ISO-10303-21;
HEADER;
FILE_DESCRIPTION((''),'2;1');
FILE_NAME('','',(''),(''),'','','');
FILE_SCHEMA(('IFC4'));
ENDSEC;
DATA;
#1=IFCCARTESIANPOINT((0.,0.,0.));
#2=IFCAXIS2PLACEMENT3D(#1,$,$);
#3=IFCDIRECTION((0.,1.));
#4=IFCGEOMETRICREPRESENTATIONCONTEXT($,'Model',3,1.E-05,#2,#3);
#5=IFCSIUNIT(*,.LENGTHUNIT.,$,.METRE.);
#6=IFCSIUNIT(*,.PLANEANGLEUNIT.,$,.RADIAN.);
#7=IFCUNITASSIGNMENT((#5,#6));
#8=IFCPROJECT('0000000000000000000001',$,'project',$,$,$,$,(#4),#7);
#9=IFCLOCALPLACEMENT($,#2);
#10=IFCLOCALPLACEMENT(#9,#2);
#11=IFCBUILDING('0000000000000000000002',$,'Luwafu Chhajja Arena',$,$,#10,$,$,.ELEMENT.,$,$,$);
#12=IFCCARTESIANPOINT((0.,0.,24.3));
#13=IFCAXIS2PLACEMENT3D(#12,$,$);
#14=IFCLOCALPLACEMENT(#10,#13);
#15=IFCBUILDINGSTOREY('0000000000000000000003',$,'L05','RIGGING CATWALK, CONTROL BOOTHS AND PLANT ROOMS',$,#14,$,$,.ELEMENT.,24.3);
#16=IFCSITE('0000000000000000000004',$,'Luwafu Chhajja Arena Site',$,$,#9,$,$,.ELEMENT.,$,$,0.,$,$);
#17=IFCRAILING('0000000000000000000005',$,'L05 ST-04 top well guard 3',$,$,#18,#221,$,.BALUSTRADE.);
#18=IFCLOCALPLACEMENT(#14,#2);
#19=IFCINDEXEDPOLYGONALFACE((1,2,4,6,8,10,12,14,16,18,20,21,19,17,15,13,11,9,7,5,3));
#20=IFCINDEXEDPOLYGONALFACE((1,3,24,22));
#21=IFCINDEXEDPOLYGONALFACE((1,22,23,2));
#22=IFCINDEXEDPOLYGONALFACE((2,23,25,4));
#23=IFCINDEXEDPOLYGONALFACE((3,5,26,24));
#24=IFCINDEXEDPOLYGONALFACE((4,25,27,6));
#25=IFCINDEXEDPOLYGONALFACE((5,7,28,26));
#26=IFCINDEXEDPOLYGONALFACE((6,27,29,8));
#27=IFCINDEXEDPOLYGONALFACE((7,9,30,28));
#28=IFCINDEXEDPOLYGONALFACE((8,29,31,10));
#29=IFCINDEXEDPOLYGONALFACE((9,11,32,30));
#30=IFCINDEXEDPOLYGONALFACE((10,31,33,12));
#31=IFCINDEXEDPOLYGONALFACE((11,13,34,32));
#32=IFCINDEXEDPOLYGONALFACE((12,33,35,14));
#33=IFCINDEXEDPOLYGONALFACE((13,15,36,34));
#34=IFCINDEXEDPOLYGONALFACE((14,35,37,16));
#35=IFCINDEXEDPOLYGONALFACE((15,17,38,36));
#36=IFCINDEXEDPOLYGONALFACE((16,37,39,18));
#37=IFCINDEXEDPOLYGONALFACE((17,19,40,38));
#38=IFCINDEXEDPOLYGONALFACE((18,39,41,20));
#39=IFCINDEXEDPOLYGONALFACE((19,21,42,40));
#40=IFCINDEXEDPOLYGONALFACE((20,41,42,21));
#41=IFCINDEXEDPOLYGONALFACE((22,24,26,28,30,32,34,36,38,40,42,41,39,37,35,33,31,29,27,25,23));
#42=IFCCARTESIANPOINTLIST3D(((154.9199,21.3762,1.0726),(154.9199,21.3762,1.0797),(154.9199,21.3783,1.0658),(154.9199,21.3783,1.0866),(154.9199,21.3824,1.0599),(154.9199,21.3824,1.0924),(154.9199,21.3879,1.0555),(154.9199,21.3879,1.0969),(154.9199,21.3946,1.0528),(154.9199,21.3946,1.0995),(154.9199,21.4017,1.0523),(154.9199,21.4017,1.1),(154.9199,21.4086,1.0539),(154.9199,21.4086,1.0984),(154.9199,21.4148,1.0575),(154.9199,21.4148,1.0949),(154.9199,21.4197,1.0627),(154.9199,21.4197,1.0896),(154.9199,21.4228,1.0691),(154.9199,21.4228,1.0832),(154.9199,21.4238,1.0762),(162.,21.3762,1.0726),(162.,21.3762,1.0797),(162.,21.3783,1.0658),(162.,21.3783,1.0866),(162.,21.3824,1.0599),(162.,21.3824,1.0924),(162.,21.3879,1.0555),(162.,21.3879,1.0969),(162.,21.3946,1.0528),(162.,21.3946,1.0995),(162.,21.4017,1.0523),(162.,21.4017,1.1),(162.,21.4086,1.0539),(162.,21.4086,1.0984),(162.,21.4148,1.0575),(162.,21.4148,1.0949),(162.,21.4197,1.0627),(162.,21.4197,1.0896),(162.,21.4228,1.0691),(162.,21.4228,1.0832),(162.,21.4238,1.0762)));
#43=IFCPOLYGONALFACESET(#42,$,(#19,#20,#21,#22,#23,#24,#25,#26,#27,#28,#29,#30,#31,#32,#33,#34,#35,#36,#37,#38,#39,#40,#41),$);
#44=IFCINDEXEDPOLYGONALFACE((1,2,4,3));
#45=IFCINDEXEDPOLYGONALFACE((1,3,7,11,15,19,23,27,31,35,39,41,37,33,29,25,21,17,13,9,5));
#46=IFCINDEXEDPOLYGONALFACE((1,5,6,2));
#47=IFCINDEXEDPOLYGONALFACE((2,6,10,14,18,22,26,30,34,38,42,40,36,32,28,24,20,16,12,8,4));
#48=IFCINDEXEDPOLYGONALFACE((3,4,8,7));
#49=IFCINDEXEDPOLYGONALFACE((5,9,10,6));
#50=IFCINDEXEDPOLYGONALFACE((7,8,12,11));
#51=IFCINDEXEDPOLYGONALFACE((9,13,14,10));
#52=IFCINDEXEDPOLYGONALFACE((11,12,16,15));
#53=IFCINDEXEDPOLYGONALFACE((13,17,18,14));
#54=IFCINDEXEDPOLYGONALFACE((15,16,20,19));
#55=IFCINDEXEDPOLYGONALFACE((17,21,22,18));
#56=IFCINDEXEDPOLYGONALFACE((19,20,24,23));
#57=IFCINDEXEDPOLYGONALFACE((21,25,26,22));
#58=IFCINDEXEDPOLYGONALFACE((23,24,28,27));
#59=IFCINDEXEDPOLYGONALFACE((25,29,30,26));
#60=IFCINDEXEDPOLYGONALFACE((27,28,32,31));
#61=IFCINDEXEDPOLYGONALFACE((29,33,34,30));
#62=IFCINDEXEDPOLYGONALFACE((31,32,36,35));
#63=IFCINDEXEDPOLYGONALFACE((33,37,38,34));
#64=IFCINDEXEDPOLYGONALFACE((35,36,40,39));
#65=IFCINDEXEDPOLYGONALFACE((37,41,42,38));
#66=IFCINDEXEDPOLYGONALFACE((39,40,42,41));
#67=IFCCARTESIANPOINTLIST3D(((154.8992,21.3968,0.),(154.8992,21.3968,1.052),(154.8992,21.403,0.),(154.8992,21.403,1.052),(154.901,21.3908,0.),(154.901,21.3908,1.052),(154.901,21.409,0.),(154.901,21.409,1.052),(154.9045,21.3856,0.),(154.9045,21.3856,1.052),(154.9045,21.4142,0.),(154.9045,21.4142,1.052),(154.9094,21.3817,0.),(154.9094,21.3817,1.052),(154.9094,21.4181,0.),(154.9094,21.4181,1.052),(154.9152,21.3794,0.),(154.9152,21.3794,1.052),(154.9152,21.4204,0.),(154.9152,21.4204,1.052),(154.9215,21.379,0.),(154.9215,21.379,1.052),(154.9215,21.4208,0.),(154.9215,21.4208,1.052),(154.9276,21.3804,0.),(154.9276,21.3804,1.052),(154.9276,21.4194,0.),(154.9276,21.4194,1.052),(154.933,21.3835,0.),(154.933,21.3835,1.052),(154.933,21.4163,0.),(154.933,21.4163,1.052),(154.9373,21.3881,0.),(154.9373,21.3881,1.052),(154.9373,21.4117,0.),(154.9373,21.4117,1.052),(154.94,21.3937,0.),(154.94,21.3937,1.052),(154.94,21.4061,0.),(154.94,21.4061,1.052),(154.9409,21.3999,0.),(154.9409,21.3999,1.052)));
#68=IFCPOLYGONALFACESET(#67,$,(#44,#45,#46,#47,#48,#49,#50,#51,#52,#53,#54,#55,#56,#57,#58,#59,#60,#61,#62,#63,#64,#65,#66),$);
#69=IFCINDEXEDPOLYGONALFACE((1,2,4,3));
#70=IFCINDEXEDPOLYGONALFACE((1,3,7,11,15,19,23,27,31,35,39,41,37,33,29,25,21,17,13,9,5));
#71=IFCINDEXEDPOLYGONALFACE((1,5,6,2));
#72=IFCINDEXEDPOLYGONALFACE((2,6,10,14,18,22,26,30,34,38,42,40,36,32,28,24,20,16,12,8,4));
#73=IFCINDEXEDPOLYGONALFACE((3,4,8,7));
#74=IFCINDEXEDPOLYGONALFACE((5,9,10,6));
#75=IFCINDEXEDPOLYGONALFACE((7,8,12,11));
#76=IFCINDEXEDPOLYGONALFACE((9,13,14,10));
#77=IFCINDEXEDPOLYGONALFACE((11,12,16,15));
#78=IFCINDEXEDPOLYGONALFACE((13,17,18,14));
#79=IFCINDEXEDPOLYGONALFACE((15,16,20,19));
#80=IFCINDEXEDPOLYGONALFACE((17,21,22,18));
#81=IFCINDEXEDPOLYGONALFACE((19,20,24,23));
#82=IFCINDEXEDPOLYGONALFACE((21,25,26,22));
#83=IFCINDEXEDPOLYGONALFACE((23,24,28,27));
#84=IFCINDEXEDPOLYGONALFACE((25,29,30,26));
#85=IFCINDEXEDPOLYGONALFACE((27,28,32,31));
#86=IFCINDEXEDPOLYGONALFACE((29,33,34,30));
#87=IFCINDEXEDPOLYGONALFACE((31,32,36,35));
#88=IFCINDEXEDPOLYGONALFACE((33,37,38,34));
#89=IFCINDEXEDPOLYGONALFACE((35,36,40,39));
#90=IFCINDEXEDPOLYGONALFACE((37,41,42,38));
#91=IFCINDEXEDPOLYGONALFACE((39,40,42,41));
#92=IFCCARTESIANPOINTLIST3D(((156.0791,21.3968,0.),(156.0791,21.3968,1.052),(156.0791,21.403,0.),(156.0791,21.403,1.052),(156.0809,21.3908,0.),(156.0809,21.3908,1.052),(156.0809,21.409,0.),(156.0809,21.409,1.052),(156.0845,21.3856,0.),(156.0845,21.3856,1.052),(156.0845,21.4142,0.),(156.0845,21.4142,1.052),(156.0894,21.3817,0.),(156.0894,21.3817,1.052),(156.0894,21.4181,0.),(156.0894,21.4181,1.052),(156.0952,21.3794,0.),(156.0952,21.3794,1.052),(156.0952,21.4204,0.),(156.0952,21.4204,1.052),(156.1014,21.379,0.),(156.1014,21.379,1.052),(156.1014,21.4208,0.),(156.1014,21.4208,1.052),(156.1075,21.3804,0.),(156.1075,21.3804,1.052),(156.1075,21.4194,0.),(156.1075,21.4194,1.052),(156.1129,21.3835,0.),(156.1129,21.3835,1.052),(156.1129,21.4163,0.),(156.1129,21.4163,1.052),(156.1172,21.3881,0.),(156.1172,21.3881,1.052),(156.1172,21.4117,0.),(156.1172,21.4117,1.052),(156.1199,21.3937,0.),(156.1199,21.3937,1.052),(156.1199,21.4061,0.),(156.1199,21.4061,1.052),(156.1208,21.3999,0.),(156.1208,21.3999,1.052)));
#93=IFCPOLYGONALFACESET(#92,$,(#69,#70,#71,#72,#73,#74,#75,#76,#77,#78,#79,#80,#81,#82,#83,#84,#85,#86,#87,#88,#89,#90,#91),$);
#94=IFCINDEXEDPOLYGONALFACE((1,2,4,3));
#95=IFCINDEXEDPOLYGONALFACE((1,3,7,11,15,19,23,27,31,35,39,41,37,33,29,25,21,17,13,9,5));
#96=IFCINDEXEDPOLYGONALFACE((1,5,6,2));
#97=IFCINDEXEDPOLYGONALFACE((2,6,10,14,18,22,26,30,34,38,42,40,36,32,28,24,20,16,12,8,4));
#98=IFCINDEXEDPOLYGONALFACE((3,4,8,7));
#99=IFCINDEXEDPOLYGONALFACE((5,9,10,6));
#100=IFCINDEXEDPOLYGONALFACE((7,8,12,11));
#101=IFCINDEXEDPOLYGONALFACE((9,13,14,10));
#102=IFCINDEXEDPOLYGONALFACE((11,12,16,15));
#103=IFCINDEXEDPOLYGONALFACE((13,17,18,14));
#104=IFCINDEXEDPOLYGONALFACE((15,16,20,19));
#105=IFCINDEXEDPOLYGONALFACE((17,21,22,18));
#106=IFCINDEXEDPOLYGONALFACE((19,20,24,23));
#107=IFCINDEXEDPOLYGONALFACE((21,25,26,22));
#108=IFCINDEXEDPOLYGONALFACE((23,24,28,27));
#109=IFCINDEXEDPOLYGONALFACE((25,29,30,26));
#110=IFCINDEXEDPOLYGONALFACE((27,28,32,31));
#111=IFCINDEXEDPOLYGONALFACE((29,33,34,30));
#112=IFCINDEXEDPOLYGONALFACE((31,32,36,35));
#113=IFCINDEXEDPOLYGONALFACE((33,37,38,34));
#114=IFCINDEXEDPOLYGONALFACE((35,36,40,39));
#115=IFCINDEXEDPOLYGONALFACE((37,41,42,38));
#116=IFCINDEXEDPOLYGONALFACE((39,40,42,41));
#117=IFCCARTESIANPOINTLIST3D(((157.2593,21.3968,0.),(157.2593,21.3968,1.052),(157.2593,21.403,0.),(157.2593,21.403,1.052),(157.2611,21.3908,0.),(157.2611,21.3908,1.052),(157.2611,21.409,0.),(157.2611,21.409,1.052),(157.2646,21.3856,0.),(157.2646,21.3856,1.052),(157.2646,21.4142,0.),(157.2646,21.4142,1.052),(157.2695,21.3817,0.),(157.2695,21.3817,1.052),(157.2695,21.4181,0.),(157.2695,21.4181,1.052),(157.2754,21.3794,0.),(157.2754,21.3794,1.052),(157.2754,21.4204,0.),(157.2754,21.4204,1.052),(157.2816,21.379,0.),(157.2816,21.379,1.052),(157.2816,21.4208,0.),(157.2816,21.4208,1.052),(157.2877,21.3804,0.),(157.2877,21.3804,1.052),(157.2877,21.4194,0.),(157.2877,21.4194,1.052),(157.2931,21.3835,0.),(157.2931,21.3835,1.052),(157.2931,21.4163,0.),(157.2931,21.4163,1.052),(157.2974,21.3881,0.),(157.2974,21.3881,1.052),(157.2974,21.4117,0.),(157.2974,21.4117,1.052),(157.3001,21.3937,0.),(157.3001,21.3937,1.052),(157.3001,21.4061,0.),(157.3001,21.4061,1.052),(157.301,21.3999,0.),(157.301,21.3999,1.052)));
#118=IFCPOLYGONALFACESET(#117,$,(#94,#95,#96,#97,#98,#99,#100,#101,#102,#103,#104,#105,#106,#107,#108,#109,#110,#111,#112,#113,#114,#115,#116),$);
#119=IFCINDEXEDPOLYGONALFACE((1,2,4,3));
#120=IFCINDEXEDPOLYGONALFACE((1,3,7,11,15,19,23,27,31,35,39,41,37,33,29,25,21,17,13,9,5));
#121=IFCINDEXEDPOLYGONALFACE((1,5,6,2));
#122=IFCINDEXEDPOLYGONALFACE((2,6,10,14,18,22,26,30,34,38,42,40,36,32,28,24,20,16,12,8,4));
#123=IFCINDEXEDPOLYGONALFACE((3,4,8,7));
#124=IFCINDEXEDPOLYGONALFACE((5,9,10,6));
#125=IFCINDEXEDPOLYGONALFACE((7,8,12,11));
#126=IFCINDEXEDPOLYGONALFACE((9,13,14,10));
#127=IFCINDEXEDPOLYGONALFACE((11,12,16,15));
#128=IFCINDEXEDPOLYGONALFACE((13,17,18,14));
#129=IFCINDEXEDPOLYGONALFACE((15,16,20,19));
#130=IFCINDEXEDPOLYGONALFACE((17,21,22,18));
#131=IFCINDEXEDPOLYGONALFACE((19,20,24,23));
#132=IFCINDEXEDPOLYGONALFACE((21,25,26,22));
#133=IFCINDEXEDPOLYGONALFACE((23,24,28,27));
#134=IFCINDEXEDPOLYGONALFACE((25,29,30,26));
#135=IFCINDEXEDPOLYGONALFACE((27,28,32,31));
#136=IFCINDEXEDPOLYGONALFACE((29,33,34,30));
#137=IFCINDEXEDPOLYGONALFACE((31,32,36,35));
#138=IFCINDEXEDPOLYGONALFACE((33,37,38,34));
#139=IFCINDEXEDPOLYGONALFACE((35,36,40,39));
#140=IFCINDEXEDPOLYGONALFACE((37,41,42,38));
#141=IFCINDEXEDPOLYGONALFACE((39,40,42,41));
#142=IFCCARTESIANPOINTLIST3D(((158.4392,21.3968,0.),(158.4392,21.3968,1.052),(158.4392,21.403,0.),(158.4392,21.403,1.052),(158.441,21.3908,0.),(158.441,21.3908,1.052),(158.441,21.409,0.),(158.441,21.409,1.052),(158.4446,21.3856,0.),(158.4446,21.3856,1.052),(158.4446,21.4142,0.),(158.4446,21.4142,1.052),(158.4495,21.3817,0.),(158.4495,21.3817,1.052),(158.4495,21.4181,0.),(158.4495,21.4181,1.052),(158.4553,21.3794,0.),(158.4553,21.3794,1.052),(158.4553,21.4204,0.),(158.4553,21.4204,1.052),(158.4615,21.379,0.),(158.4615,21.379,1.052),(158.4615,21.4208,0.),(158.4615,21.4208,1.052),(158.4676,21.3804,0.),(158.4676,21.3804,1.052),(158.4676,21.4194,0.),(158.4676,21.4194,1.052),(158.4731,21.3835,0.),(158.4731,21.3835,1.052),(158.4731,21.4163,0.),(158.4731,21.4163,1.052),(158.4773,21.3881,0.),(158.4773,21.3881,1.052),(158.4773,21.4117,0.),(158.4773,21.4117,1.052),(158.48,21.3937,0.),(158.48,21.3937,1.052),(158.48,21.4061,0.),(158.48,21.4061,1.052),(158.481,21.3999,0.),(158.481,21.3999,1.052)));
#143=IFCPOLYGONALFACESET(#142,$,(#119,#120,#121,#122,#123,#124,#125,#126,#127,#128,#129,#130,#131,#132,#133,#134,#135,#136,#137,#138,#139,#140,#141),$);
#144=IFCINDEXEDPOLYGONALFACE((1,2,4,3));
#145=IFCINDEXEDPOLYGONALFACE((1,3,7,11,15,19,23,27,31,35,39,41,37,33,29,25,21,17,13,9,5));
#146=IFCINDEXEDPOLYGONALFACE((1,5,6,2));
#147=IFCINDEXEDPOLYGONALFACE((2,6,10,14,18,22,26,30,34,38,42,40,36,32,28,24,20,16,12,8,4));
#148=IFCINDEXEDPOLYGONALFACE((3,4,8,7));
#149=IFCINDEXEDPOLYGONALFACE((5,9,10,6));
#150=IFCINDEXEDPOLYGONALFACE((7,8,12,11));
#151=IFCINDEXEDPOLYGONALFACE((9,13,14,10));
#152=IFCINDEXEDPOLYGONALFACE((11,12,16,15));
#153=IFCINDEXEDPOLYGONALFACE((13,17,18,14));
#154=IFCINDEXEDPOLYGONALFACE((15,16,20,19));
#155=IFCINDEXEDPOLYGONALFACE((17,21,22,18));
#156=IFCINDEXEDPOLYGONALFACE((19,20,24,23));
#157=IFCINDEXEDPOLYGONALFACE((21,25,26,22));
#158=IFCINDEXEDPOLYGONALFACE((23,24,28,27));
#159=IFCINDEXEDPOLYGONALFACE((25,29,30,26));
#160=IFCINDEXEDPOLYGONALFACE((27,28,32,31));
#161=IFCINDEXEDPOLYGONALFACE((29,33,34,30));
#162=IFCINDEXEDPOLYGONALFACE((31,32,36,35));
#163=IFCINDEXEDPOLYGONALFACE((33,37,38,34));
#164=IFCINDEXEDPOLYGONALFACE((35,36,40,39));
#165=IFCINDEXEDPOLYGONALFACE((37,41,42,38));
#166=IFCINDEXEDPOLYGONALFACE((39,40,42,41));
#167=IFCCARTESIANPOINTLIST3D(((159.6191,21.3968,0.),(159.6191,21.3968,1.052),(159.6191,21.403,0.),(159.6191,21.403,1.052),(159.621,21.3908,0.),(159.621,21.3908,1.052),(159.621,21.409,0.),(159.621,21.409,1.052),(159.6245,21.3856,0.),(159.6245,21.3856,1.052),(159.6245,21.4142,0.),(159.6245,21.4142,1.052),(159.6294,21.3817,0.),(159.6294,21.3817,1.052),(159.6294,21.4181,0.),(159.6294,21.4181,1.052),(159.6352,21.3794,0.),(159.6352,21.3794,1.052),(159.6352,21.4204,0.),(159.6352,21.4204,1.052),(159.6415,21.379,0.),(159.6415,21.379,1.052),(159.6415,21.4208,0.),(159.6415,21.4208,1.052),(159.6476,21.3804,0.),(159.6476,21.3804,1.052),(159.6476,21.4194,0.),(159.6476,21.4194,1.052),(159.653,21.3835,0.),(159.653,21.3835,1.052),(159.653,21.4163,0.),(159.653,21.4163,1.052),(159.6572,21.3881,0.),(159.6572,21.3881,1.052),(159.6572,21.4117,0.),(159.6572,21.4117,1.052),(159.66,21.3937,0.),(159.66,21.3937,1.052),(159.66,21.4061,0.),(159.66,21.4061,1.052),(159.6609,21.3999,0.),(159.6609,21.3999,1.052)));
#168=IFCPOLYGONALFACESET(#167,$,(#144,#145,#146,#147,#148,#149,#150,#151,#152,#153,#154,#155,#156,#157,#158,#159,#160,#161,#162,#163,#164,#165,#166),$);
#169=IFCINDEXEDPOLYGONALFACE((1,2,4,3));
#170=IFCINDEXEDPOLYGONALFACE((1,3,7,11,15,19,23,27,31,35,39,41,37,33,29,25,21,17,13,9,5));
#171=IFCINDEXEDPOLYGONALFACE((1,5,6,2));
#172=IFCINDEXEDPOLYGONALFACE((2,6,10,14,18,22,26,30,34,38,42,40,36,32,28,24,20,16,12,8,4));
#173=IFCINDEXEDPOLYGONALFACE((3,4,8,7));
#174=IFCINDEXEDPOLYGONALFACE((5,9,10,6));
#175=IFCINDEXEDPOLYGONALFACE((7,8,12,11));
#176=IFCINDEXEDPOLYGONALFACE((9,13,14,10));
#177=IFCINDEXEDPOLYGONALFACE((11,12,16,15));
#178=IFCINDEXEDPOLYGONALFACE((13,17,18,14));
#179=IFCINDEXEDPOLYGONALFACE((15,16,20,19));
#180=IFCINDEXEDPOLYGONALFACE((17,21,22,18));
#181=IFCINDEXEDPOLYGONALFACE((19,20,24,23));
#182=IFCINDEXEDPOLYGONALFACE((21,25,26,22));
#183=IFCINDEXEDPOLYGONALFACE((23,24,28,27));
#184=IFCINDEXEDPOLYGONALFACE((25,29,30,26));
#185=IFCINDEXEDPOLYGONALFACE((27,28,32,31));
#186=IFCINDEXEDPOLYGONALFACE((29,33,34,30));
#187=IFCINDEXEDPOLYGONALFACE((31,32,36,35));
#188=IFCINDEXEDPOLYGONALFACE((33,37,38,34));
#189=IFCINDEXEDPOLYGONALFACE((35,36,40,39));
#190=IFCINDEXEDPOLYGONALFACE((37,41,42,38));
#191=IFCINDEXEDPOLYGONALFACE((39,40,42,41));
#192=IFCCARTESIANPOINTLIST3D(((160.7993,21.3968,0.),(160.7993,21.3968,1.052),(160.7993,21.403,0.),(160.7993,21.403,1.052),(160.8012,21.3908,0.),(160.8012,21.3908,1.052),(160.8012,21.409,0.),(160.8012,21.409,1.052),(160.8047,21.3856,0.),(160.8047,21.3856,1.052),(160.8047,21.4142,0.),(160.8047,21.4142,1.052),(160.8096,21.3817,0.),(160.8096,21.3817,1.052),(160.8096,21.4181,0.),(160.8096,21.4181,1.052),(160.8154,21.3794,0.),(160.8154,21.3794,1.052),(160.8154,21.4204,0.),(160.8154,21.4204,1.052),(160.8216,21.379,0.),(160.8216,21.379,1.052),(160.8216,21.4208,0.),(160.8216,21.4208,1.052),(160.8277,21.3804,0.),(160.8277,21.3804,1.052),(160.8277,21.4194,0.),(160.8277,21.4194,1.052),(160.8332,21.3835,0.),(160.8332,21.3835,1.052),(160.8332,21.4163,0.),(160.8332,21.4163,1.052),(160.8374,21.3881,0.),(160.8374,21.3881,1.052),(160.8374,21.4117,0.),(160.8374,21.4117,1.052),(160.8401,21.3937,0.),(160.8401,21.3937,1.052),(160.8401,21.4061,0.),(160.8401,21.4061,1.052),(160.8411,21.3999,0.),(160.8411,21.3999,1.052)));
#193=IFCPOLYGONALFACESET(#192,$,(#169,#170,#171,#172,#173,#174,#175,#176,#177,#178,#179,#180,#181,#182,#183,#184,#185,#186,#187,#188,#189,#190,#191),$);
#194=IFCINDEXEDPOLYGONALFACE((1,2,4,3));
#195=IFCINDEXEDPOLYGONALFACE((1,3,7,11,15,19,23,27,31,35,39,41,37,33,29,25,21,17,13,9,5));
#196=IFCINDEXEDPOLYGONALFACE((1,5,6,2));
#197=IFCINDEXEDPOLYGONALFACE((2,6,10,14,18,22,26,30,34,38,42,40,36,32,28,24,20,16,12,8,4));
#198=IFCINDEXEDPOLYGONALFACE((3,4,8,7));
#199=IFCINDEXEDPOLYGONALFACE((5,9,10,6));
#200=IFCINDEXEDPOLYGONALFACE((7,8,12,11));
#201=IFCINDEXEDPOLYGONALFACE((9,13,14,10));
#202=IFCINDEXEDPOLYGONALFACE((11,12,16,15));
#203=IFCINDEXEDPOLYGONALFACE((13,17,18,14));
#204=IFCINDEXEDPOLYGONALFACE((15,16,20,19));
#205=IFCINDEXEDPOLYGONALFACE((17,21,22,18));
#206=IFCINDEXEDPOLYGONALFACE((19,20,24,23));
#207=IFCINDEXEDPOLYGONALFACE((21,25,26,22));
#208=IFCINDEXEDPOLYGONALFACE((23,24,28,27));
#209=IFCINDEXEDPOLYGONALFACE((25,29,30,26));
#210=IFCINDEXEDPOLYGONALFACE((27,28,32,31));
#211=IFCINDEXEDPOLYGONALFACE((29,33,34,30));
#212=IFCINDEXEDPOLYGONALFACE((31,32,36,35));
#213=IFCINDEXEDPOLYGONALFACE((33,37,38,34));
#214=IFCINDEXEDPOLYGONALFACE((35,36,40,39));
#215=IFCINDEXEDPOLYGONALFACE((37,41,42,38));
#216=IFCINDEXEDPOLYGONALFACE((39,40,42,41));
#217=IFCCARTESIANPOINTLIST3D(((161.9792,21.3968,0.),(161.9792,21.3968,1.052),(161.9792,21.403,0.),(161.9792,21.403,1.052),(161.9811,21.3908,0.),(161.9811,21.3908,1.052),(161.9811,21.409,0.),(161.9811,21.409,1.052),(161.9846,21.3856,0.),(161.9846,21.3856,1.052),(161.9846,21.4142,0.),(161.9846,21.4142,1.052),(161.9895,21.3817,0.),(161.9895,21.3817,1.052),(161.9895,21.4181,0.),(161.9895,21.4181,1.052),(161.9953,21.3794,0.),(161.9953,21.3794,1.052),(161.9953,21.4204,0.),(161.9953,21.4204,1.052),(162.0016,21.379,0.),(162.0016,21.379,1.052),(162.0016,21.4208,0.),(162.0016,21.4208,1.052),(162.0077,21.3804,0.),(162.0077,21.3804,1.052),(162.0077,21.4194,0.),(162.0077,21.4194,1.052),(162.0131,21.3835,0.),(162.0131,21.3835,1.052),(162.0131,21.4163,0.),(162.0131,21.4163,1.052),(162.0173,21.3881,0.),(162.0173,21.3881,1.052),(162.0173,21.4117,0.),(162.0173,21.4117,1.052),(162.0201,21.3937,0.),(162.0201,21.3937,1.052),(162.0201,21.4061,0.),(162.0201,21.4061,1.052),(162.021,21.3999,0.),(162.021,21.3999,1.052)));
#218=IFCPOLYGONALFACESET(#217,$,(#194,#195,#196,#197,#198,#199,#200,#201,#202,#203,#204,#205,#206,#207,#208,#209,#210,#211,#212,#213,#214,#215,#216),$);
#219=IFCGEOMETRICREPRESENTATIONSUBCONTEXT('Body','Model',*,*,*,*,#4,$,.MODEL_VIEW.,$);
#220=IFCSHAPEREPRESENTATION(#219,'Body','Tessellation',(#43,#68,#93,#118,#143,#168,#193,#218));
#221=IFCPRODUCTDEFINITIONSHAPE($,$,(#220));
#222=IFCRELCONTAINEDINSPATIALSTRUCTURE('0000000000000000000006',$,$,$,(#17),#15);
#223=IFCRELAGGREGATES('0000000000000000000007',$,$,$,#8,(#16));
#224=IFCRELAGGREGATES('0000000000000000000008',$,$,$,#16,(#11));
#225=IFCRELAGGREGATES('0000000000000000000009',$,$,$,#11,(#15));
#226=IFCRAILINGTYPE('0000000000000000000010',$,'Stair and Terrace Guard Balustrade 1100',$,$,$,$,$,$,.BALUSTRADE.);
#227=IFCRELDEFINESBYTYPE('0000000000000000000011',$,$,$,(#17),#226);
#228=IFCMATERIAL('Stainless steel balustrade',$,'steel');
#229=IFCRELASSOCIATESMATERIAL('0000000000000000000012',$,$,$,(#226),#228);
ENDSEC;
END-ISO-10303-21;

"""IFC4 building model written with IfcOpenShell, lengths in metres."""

from ifc_helpers import new_model, si_unit, direction, frame, origin, origin_2d, place, context, subcontext, project, spatial, circle, extrude, material, type_object, element, save


model = new_model("IFC4")

# Units and contexts
model_context = context("Model", 3, precision=1e-05, world=origin(), true_north=direction((0.0, 1.0)))
body_context = subcontext(model_context, "Body", "Model", "MODEL_VIEW")
ifc_project = project(units=[si_unit("LENGTHUNIT", "METRE"), si_unit("PLANEANGLEUNIT", "RADIAN")], contexts=[model_context])

# Site, building, storey
site_placement = place(None, origin())
site = spatial("IfcSite", under=ifc_project, at=site_placement, Name="Luwafu Chhajja Arena Site", CompositionType="ELEMENT", RefElevation=0.0)
building_placement = place(site_placement, origin())
building = spatial("IfcBuilding", under=site, at=building_placement, Name="Luwafu Chhajja Arena", CompositionType="ELEMENT")
storey_placement = place(building_placement, frame((0.0, 0.0, 24.3)))
storey = spatial("IfcBuildingStorey", under=building, at=storey_placement, Name="L05", Description="RIGGING CATWALK, CONTROL BOOTHS AND PLANT ROOMS", CompositionType="ELEMENT", Elevation=24.3)

# Railing
ifc_material_1 = material(Name="Stainless steel balustrade", Category="steel")
railing_type = type_object("IfcRailingType", Name="Stair and Terrace Guard Balustrade 1100", PredefinedType="BALUSTRADE", material=ifc_material_1)
railing_1_placement = place(storey_placement, frame((154.9199, 21.3999, 0.0)))
element("IfcRailing", 1, at=railing_1_placement, inside=storey, type_object=railing_type, Name="L05 ST-04 top well guard 3", PredefinedType="BALUSTRADE", context=body_context, shape_type="SweptSolid", body=[
    extrude(circle(Radius=0.0239, at=origin_2d()), frame((0.0, 0.0, 1.0762), z_axis=(1.0, 0.0, 0.0), x_axis=(0.0, 1.0, 0.0)), (0.0, 0.0, 1.0), 7.0801),
    extrude(circle(Radius=0.021, at=origin_2d()), origin(), (0.0, 0.0, 1.0), 1.052),
    extrude(circle(Radius=0.021, at=origin_2d()), frame((1.1799, 0.0, 0.0)), (0.0, 0.0, 1.0), 1.052),
    extrude(circle(Radius=0.021, at=origin_2d()), frame((2.3601, 0.0, 0.0)), (0.0, 0.0, 1.0), 1.052),
    extrude(circle(Radius=0.021, at=origin_2d()), frame((3.54, 0.0, 0.0)), (0.0, 0.0, 1.0), 1.052),
    extrude(circle(Radius=0.021, at=origin_2d()), frame((4.72, 0.0, 0.0)), (0.0, 0.0, 1.0), 1.052),
    extrude(circle(Radius=0.021, at=origin_2d()), frame((5.9001, 0.0, 0.0)), (0.0, 0.0, 1.0), 1.052),
    extrude(circle(Radius=0.021, at=origin_2d()), frame((7.0801, 0.0, 0.0)), (0.0, 0.0, 1.0), 1.052),
])

save(model, "model.ifc")
